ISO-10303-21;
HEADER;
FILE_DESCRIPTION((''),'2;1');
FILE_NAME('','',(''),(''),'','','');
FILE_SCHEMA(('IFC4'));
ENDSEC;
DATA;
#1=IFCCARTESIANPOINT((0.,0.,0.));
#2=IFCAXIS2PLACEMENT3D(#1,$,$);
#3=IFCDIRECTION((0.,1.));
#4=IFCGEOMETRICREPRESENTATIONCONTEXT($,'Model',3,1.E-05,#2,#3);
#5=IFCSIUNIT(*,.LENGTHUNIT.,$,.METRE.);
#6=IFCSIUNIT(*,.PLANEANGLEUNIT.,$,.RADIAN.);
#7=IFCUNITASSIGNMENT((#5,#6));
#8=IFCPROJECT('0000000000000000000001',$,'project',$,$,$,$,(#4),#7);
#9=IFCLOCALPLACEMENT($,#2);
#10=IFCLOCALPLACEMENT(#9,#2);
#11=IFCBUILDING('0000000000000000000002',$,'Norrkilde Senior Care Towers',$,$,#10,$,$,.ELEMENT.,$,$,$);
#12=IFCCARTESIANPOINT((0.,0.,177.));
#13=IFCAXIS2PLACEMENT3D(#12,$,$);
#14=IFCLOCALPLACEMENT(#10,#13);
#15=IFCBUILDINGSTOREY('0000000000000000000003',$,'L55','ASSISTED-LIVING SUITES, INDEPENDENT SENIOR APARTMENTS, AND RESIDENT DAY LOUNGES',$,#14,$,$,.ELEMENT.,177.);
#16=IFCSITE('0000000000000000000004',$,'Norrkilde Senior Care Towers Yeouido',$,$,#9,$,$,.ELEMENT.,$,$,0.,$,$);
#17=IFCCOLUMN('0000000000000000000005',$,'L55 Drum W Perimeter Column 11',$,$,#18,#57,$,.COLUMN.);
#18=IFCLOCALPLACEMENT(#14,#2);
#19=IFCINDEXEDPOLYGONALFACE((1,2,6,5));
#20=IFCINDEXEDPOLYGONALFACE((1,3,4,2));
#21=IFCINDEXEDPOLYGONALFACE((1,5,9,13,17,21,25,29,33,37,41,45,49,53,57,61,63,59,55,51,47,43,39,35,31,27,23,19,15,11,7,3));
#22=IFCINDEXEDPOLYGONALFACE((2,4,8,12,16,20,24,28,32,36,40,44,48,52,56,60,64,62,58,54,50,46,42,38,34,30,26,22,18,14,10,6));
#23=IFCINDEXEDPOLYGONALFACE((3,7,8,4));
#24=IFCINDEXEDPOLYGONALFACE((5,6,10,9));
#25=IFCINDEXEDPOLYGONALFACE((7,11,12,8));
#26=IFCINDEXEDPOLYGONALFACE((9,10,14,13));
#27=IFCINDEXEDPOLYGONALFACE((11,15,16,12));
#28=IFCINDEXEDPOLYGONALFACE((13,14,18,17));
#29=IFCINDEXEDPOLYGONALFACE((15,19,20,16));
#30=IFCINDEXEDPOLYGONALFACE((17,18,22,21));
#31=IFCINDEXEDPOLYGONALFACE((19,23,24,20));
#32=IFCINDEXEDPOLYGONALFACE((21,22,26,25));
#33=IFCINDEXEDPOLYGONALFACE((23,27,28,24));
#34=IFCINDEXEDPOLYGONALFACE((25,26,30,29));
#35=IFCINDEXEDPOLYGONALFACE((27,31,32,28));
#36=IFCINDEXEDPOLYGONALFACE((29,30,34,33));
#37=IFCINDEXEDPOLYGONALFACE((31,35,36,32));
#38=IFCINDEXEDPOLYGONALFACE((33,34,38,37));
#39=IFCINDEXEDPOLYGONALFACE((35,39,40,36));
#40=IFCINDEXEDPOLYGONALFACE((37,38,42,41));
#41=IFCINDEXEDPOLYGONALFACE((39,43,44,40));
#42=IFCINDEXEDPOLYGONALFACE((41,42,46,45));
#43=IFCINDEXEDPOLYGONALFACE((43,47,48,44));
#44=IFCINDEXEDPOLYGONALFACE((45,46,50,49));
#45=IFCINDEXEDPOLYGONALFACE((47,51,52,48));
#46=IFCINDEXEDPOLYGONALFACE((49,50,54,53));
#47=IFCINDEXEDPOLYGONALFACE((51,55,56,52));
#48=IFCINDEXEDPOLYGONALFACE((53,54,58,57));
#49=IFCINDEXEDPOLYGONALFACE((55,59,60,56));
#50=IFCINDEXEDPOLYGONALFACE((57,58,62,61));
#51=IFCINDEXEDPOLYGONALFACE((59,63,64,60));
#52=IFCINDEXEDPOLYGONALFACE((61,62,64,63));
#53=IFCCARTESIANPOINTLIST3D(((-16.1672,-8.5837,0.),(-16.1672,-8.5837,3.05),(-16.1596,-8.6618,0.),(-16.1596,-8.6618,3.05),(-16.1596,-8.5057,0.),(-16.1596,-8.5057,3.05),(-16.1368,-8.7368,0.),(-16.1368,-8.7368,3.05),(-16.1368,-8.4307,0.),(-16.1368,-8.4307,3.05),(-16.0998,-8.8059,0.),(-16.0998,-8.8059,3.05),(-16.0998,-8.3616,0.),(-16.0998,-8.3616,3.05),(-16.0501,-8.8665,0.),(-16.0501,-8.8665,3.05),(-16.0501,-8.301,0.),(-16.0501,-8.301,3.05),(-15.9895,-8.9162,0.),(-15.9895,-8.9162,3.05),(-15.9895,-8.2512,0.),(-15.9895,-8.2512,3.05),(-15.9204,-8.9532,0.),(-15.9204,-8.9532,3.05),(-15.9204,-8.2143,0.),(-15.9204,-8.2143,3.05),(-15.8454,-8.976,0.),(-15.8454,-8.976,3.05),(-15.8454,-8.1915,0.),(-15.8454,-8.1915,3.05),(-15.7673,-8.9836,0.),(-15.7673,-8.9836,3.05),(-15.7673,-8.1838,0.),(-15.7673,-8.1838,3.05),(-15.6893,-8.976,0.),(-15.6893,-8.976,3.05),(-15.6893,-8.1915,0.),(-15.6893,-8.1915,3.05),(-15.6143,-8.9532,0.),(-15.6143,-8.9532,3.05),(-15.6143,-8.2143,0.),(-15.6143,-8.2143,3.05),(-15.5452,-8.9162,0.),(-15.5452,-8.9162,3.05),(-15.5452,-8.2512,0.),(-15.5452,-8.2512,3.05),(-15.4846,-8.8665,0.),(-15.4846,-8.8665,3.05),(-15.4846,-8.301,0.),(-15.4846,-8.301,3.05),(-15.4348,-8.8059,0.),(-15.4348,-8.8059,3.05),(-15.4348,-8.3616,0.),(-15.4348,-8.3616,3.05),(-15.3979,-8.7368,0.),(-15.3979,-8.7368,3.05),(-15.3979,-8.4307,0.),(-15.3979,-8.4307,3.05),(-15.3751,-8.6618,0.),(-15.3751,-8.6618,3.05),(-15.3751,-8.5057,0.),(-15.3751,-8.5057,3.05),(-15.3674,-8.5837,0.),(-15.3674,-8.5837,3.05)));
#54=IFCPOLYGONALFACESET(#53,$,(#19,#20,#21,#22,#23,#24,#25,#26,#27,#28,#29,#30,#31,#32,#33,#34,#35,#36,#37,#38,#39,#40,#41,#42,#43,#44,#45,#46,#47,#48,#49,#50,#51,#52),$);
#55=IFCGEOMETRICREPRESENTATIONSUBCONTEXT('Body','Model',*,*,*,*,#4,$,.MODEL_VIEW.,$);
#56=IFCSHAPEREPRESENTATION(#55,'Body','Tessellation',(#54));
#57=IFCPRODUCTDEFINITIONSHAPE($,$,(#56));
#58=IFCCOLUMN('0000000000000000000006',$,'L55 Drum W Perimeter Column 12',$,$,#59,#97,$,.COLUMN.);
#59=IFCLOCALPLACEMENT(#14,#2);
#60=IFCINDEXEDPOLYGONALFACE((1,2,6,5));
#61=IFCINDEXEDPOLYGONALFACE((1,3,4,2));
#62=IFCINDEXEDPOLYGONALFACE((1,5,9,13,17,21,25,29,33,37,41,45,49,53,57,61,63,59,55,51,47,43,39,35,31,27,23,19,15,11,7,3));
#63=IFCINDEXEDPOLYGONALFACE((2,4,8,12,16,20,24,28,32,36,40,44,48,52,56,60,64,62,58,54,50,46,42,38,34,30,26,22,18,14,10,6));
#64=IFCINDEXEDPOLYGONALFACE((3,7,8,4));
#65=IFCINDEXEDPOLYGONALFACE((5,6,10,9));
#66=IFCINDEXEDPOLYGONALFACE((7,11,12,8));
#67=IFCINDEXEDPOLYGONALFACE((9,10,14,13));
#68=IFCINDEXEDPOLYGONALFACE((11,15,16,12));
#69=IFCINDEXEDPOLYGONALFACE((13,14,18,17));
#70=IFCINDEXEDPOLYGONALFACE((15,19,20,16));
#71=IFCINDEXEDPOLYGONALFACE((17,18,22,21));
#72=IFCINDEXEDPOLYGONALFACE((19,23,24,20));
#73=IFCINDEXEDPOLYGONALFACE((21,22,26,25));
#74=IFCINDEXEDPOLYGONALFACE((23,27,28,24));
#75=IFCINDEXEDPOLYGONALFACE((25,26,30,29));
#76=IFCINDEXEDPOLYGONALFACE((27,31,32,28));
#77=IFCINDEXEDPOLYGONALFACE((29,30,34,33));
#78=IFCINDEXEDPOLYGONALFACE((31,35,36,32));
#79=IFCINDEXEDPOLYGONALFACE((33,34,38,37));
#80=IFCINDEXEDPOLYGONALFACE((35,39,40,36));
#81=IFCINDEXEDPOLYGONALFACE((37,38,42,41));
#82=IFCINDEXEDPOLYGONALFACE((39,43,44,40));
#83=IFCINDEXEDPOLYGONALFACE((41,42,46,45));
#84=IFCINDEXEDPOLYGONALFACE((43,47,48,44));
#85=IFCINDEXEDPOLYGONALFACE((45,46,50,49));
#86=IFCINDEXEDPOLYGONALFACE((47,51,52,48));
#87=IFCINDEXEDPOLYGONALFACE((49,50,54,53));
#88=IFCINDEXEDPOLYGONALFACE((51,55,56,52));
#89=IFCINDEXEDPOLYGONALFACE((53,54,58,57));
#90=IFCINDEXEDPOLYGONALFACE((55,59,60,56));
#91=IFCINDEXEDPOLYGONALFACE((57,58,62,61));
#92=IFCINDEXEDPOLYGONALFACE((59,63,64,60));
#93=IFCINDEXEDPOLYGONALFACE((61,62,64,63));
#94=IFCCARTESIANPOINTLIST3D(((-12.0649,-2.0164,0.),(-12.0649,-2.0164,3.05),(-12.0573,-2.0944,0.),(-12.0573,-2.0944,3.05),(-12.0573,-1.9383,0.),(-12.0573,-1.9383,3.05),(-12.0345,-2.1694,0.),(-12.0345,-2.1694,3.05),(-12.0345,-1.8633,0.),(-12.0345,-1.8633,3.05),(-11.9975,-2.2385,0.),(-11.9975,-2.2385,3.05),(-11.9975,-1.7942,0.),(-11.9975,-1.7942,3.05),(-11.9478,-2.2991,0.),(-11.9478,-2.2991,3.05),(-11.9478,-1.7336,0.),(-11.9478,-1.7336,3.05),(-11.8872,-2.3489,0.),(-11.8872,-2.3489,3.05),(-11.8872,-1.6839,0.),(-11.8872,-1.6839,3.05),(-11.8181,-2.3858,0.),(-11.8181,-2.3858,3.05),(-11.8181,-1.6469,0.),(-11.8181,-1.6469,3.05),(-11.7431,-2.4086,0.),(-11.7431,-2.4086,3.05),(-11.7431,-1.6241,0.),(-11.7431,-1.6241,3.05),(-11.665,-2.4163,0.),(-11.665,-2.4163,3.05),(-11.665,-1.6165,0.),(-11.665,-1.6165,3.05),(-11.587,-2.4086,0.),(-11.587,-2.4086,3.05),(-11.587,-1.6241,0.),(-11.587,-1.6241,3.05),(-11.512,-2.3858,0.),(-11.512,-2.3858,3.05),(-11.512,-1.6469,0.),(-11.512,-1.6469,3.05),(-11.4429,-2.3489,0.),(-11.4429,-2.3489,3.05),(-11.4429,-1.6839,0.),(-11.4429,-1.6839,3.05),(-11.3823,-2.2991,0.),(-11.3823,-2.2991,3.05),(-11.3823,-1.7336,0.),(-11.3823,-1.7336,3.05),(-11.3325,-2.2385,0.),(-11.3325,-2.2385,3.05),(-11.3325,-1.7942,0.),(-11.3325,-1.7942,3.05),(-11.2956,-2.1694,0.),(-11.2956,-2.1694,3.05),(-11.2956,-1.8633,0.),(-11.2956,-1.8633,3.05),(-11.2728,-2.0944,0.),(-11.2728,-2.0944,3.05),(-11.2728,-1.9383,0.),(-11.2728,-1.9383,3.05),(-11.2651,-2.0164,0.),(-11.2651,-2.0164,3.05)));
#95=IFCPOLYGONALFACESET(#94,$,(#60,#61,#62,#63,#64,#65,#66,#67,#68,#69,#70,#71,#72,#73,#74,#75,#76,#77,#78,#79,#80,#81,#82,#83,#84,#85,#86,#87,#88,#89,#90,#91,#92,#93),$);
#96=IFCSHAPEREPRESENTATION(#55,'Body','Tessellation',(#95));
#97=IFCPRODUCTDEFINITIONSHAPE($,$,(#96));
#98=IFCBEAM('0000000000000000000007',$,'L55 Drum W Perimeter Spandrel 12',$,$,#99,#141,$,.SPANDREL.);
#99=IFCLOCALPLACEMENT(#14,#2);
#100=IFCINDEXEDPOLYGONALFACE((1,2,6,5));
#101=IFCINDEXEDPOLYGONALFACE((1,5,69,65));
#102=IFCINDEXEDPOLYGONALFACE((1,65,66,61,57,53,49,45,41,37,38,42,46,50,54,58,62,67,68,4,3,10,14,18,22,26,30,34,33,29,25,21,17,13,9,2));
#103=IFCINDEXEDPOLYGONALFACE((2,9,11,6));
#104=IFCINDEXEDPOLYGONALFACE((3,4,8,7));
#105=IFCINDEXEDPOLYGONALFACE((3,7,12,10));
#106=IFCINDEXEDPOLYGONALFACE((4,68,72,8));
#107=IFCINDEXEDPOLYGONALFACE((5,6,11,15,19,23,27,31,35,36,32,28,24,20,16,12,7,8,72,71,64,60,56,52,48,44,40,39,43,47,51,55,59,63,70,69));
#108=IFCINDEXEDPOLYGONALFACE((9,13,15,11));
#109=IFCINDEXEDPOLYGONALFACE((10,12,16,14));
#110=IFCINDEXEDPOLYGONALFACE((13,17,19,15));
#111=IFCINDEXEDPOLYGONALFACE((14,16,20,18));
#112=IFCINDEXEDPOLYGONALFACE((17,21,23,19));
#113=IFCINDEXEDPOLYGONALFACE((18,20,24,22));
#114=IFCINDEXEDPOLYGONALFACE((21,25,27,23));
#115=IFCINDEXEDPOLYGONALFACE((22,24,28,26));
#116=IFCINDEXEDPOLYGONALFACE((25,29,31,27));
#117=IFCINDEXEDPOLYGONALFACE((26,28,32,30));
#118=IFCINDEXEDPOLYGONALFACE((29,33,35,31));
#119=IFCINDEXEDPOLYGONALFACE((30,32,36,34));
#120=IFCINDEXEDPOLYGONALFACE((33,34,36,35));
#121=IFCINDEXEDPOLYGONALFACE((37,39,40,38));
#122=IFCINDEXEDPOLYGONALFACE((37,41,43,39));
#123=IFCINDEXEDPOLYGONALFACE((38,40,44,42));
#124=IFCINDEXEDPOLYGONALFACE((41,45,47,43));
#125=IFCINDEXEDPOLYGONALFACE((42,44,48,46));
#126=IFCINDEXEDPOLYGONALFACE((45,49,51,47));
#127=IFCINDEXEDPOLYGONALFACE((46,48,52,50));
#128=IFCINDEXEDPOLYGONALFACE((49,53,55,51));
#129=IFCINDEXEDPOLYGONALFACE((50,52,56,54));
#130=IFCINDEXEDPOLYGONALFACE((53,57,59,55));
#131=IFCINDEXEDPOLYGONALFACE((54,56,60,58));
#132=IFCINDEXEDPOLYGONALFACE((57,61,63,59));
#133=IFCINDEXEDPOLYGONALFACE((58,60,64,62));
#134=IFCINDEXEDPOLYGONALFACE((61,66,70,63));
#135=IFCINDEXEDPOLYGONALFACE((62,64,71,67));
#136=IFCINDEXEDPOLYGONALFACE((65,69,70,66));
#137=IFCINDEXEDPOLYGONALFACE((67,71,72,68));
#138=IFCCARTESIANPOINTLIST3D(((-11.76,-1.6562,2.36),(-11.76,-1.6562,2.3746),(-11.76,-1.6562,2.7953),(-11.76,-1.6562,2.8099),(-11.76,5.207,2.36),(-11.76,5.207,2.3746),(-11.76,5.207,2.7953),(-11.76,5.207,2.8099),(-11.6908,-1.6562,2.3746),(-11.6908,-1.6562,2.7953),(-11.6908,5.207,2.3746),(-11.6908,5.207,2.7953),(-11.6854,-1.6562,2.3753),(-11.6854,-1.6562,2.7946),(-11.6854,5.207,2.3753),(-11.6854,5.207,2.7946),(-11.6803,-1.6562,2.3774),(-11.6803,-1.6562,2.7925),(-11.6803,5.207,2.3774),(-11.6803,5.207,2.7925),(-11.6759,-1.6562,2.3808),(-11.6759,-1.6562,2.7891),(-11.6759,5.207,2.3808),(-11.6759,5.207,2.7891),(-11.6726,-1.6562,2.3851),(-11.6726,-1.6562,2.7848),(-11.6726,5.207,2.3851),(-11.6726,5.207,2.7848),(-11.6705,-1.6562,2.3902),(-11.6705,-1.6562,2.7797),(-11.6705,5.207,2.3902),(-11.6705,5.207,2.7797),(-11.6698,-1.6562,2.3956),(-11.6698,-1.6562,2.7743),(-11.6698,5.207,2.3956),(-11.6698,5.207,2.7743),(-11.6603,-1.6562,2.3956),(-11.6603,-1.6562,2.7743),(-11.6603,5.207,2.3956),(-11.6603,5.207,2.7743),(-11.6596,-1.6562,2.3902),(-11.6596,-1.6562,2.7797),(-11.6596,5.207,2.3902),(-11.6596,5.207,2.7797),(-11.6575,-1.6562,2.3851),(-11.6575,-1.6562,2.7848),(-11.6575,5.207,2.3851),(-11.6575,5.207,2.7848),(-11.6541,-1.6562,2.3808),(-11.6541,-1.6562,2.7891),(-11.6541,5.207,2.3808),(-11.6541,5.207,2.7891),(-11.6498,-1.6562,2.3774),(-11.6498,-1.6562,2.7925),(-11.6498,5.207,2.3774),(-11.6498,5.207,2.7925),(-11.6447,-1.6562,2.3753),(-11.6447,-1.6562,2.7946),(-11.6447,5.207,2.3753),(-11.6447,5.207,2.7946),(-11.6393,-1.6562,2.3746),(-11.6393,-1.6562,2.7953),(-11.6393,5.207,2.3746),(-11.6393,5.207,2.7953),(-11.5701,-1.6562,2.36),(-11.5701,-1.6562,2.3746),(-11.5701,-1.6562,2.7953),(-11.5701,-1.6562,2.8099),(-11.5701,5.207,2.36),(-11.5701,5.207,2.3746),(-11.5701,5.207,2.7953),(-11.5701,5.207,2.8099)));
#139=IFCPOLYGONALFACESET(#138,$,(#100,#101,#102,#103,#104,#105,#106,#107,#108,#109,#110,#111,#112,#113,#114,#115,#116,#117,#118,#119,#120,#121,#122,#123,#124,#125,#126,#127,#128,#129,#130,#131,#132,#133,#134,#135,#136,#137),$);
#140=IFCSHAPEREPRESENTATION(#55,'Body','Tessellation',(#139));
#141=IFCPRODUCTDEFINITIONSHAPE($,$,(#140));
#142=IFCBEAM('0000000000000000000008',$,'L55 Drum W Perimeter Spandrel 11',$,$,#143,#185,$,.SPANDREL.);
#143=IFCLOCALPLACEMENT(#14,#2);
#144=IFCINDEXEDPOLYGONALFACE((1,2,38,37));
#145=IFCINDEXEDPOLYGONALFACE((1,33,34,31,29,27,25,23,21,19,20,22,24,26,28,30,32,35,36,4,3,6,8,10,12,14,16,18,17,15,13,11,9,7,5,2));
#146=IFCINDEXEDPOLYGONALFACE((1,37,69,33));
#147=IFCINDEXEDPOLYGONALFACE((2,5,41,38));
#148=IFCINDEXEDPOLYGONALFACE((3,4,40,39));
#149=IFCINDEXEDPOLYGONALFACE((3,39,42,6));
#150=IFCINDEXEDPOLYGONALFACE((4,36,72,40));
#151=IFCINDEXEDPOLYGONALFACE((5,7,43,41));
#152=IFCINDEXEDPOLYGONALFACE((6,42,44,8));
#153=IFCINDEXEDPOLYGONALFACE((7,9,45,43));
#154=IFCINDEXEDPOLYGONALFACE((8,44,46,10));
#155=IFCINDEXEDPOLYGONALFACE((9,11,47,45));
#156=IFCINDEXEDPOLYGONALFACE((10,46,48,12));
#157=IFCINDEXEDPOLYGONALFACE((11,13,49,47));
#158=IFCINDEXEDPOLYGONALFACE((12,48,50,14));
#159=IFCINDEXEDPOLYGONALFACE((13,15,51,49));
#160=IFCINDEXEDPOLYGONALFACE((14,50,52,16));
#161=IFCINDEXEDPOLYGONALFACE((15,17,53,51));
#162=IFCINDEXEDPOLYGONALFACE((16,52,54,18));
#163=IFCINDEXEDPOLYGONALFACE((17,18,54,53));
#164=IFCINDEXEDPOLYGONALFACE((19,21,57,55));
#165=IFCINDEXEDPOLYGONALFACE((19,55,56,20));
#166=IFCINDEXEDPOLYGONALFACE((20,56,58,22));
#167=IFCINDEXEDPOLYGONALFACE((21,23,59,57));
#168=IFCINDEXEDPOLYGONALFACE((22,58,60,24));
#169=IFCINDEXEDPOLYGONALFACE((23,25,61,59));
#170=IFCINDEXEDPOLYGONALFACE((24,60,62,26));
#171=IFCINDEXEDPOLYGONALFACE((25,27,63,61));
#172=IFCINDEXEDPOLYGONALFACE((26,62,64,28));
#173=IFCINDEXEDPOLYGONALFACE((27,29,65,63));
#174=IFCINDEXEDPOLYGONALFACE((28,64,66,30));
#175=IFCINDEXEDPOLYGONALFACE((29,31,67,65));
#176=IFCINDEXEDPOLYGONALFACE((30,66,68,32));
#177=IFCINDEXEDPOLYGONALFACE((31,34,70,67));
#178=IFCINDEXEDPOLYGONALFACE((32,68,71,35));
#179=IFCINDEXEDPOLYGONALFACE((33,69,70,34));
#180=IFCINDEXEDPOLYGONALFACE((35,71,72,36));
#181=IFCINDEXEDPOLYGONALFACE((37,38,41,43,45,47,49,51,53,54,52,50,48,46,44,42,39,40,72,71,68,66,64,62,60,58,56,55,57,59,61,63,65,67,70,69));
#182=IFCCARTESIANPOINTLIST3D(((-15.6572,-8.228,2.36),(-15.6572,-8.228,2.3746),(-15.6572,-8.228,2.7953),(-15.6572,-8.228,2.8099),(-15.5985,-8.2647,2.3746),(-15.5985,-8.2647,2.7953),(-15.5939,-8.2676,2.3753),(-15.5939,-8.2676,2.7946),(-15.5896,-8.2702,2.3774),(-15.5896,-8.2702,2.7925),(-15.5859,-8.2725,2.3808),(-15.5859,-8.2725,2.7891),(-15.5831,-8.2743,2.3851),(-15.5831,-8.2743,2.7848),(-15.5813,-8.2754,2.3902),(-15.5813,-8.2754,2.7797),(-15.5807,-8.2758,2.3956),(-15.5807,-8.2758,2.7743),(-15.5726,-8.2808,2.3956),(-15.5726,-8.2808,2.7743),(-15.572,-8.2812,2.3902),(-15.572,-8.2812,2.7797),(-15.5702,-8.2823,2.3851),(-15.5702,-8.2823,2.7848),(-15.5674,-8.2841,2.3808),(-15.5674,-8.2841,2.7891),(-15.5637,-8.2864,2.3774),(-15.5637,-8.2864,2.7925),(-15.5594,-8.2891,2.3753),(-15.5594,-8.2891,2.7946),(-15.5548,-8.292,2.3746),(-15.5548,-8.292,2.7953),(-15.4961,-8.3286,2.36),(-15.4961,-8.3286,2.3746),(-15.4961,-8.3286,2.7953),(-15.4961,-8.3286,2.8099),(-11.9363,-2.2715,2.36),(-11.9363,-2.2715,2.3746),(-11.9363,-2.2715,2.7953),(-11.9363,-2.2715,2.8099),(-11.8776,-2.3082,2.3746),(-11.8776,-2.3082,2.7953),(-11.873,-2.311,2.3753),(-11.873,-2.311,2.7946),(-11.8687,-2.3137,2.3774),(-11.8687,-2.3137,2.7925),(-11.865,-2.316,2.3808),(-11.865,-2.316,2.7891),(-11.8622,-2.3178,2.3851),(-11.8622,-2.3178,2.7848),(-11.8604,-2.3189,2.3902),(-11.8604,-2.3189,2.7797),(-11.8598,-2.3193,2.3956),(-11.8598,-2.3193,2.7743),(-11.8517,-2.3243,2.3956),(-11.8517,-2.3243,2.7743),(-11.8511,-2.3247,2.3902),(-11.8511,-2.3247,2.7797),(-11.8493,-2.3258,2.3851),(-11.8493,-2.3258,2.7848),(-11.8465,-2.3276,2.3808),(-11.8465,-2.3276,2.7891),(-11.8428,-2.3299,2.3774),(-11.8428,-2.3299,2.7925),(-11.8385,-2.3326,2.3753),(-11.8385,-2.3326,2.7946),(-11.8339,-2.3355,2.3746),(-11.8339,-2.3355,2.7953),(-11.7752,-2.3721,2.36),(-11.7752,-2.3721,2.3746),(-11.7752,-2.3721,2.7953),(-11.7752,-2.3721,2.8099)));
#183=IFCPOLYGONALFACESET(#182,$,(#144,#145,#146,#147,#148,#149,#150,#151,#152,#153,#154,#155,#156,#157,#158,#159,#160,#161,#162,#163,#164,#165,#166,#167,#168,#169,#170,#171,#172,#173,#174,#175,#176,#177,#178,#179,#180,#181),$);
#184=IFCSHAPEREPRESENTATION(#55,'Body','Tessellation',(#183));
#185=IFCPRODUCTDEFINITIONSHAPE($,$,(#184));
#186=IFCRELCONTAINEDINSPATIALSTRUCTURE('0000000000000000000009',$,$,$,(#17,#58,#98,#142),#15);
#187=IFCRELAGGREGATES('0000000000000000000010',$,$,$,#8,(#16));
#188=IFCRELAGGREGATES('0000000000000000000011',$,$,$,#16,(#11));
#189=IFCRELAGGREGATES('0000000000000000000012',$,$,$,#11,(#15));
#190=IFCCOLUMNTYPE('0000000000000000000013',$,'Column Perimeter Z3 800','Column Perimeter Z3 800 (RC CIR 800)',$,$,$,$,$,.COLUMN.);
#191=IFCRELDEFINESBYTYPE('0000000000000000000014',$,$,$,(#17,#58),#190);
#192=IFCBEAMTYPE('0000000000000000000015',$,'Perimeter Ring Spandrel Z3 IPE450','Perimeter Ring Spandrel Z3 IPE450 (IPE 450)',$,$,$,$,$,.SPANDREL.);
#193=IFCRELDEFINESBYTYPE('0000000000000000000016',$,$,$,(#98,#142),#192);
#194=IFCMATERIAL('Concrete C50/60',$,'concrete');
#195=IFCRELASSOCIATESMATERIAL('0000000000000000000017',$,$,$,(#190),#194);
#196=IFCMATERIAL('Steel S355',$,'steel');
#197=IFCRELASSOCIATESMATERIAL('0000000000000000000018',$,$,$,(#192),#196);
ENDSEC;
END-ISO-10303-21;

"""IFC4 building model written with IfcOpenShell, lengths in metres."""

from ifc_helpers import new_model, si_unit, direction, frame, origin, origin_2d, place, context, subcontext, project, spatial, circle, i_section, extrude, source, transform, mapped, material, material_profile, profile_set, type_object, type_shapes, element, save


model = new_model("IFC4")

# Units and contexts
model_context = context("Model", 3, precision=1e-05, world=origin(), true_north=direction((0.0, 1.0)))
body_context = subcontext(model_context, "Body", "Model", "MODEL_VIEW")
ifc_project = project(units=[si_unit("LENGTHUNIT", "METRE"), si_unit("PLANEANGLEUNIT", "RADIAN")], contexts=[model_context])

# Site, building, storey
site_placement = place(None, origin())
site = spatial("IfcSite", under=ifc_project, at=site_placement, Name="Norrkilde Senior Care Towers Yeouido", CompositionType="ELEMENT", RefElevation=0.0)
building_placement = place(site_placement, origin())
building = spatial("IfcBuilding", under=site, at=building_placement, Name="Norrkilde Senior Care Towers", CompositionType="ELEMENT")
storey_placement = place(building_placement, frame((0.0, 0.0, 177.0)))
storey = spatial("IfcBuildingStorey", under=building, at=storey_placement, Name="L55", Description="ASSISTED-LIVING SUITES, INDEPENDENT SENIOR APARTMENTS, AND RESIDENT DAY LOUNGES", CompositionType="ELEMENT", Elevation=177.0)

# Columns
ifc_material_1 = material(Name="Concrete C50/60", Category="concrete")
ifc_material_profile_1 = material_profile(ifc_material_1, circle(Radius=0.3999, at=origin_2d()), Name="RC CIR 800")
ifc_profile_set_1 = profile_set([ifc_material_profile_1], Name="Concrete C50/60")
column_type = type_object("IfcColumnType", Name="Column Perimeter Z3 800", Description="Column Perimeter Z3 800 (RC CIR 800)", PredefinedType="COLUMN", material=ifc_profile_set_1)
shared_shape_1 = source(origin(), body_context, "Body", "SweptSolid", [
    extrude(circle(Radius=0.3999, at=origin_2d()), origin(), (0.0, 0.0, 1.0), 3.05),
])
type_shapes(column_type, [shared_shape_1])
for number, where, z_axis, x_axis, name in (
    (1, (-15.7673, -8.5837, 0.0), (0.0, 0.0, 1.0), (1.0, 0.0, 0.0), "L55 Drum W Perimeter Column 11"),
    (2, (-11.665, -2.0164, 0.0), (0.0, 0.0, 1.0), (1.0, 0.0, 0.0), "L55 Drum W Perimeter Column 12"),
):
    element("IfcColumn", number, at=place(storey_placement, frame(where, z_axis=z_axis, x_axis=x_axis)), inside=storey, type_object=column_type, Name=name, PredefinedType="COLUMN", context=body_context, shape_type="MappedRepresentation", body=[
        mapped(shared_shape_1, transform((0.0, 0.0, 0.0), x_axis=(1.0, 0.0, 0.0), y_axis=(0.0, 1.0, 0.0), z_axis=(0.0, 0.0, 1.0), scale=1.0)),
    ])

# Beams
ifc_material_2 = material(Name="Steel S355", Category="steel")
ifc_material_profile_2 = material_profile(ifc_material_2, i_section(OverallWidth=0.1899, OverallDepth=0.45, WebThickness=0.0095, FlangeThickness=0.0146, FilletRadius=0.021, at=origin_2d()), Name="IPE 450")
ifc_profile_set_2 = profile_set([ifc_material_profile_2], Name="Steel S355")
beam_type_1 = type_object("IfcBeamType", Name="Perimeter Ring Spandrel Z3 IPE450", Description="Perimeter Ring Spandrel Z3 IPE450 (IPE 450)", PredefinedType="SPANDREL", material=ifc_profile_set_2)
shared_shape_2 = source(origin(), body_context, "Body", "SweptSolid", [
    extrude(i_section(OverallWidth=0.1899, OverallDepth=0.45, WebThickness=0.0095, FlangeThickness=0.0146, FilletRadius=0.021, at=origin_2d()), origin(), (0.0, 0.0, 1.0), 6.8633),
])
beam_1_placement = place(storey_placement, frame((-11.665, -1.6562, 2.585), z_axis=(0.0, 1.0, 0.0), x_axis=(-1.0, 0.0, 0.0)))
element("IfcBeam", 3, at=beam_1_placement, inside=storey, type_object=beam_type_1, Name="L55 Drum W Perimeter Spandrel 12", PredefinedType="SPANDREL", context=body_context, shape_type="MappedRepresentation", body=[
    mapped(shared_shape_2, transform((0.0, 0.0, 0.0), x_axis=(1.0, 0.0, 0.0), y_axis=(0.0, 1.0, 0.0), z_axis=(0.0, 0.0, 1.0), scale=1.0)),
])
shared_shape_3 = source(origin(), body_context, "Body", "SweptSolid", [
    extrude(i_section(OverallWidth=0.1899, OverallDepth=0.45, WebThickness=0.0095, FlangeThickness=0.0146, FilletRadius=0.021, at=origin_2d()), origin(), (0.0, 0.0, 1.0), 7.0232),
])
type_shapes(beam_type_1, [shared_shape_2, shared_shape_3])
beam_2_placement = place(storey_placement, frame((-15.5767, -8.2783, 2.585), z_axis=(0.529805, 0.848119, 0.0), x_axis=(-0.848119, 0.529805, 0.0)))
element("IfcBeam", 4, at=beam_2_placement, inside=storey, type_object=beam_type_1, Name="L55 Drum W Perimeter Spandrel 11", PredefinedType="SPANDREL", context=body_context, shape_type="MappedRepresentation", body=[
    mapped(shared_shape_3, transform((0.0, 0.0, 0.0), x_axis=(1.0, 0.0, 0.0), y_axis=(0.0, 1.0, 0.0), z_axis=(0.0, 0.0, 1.0), scale=1.0)),
])

save(model, "model.ifc")
